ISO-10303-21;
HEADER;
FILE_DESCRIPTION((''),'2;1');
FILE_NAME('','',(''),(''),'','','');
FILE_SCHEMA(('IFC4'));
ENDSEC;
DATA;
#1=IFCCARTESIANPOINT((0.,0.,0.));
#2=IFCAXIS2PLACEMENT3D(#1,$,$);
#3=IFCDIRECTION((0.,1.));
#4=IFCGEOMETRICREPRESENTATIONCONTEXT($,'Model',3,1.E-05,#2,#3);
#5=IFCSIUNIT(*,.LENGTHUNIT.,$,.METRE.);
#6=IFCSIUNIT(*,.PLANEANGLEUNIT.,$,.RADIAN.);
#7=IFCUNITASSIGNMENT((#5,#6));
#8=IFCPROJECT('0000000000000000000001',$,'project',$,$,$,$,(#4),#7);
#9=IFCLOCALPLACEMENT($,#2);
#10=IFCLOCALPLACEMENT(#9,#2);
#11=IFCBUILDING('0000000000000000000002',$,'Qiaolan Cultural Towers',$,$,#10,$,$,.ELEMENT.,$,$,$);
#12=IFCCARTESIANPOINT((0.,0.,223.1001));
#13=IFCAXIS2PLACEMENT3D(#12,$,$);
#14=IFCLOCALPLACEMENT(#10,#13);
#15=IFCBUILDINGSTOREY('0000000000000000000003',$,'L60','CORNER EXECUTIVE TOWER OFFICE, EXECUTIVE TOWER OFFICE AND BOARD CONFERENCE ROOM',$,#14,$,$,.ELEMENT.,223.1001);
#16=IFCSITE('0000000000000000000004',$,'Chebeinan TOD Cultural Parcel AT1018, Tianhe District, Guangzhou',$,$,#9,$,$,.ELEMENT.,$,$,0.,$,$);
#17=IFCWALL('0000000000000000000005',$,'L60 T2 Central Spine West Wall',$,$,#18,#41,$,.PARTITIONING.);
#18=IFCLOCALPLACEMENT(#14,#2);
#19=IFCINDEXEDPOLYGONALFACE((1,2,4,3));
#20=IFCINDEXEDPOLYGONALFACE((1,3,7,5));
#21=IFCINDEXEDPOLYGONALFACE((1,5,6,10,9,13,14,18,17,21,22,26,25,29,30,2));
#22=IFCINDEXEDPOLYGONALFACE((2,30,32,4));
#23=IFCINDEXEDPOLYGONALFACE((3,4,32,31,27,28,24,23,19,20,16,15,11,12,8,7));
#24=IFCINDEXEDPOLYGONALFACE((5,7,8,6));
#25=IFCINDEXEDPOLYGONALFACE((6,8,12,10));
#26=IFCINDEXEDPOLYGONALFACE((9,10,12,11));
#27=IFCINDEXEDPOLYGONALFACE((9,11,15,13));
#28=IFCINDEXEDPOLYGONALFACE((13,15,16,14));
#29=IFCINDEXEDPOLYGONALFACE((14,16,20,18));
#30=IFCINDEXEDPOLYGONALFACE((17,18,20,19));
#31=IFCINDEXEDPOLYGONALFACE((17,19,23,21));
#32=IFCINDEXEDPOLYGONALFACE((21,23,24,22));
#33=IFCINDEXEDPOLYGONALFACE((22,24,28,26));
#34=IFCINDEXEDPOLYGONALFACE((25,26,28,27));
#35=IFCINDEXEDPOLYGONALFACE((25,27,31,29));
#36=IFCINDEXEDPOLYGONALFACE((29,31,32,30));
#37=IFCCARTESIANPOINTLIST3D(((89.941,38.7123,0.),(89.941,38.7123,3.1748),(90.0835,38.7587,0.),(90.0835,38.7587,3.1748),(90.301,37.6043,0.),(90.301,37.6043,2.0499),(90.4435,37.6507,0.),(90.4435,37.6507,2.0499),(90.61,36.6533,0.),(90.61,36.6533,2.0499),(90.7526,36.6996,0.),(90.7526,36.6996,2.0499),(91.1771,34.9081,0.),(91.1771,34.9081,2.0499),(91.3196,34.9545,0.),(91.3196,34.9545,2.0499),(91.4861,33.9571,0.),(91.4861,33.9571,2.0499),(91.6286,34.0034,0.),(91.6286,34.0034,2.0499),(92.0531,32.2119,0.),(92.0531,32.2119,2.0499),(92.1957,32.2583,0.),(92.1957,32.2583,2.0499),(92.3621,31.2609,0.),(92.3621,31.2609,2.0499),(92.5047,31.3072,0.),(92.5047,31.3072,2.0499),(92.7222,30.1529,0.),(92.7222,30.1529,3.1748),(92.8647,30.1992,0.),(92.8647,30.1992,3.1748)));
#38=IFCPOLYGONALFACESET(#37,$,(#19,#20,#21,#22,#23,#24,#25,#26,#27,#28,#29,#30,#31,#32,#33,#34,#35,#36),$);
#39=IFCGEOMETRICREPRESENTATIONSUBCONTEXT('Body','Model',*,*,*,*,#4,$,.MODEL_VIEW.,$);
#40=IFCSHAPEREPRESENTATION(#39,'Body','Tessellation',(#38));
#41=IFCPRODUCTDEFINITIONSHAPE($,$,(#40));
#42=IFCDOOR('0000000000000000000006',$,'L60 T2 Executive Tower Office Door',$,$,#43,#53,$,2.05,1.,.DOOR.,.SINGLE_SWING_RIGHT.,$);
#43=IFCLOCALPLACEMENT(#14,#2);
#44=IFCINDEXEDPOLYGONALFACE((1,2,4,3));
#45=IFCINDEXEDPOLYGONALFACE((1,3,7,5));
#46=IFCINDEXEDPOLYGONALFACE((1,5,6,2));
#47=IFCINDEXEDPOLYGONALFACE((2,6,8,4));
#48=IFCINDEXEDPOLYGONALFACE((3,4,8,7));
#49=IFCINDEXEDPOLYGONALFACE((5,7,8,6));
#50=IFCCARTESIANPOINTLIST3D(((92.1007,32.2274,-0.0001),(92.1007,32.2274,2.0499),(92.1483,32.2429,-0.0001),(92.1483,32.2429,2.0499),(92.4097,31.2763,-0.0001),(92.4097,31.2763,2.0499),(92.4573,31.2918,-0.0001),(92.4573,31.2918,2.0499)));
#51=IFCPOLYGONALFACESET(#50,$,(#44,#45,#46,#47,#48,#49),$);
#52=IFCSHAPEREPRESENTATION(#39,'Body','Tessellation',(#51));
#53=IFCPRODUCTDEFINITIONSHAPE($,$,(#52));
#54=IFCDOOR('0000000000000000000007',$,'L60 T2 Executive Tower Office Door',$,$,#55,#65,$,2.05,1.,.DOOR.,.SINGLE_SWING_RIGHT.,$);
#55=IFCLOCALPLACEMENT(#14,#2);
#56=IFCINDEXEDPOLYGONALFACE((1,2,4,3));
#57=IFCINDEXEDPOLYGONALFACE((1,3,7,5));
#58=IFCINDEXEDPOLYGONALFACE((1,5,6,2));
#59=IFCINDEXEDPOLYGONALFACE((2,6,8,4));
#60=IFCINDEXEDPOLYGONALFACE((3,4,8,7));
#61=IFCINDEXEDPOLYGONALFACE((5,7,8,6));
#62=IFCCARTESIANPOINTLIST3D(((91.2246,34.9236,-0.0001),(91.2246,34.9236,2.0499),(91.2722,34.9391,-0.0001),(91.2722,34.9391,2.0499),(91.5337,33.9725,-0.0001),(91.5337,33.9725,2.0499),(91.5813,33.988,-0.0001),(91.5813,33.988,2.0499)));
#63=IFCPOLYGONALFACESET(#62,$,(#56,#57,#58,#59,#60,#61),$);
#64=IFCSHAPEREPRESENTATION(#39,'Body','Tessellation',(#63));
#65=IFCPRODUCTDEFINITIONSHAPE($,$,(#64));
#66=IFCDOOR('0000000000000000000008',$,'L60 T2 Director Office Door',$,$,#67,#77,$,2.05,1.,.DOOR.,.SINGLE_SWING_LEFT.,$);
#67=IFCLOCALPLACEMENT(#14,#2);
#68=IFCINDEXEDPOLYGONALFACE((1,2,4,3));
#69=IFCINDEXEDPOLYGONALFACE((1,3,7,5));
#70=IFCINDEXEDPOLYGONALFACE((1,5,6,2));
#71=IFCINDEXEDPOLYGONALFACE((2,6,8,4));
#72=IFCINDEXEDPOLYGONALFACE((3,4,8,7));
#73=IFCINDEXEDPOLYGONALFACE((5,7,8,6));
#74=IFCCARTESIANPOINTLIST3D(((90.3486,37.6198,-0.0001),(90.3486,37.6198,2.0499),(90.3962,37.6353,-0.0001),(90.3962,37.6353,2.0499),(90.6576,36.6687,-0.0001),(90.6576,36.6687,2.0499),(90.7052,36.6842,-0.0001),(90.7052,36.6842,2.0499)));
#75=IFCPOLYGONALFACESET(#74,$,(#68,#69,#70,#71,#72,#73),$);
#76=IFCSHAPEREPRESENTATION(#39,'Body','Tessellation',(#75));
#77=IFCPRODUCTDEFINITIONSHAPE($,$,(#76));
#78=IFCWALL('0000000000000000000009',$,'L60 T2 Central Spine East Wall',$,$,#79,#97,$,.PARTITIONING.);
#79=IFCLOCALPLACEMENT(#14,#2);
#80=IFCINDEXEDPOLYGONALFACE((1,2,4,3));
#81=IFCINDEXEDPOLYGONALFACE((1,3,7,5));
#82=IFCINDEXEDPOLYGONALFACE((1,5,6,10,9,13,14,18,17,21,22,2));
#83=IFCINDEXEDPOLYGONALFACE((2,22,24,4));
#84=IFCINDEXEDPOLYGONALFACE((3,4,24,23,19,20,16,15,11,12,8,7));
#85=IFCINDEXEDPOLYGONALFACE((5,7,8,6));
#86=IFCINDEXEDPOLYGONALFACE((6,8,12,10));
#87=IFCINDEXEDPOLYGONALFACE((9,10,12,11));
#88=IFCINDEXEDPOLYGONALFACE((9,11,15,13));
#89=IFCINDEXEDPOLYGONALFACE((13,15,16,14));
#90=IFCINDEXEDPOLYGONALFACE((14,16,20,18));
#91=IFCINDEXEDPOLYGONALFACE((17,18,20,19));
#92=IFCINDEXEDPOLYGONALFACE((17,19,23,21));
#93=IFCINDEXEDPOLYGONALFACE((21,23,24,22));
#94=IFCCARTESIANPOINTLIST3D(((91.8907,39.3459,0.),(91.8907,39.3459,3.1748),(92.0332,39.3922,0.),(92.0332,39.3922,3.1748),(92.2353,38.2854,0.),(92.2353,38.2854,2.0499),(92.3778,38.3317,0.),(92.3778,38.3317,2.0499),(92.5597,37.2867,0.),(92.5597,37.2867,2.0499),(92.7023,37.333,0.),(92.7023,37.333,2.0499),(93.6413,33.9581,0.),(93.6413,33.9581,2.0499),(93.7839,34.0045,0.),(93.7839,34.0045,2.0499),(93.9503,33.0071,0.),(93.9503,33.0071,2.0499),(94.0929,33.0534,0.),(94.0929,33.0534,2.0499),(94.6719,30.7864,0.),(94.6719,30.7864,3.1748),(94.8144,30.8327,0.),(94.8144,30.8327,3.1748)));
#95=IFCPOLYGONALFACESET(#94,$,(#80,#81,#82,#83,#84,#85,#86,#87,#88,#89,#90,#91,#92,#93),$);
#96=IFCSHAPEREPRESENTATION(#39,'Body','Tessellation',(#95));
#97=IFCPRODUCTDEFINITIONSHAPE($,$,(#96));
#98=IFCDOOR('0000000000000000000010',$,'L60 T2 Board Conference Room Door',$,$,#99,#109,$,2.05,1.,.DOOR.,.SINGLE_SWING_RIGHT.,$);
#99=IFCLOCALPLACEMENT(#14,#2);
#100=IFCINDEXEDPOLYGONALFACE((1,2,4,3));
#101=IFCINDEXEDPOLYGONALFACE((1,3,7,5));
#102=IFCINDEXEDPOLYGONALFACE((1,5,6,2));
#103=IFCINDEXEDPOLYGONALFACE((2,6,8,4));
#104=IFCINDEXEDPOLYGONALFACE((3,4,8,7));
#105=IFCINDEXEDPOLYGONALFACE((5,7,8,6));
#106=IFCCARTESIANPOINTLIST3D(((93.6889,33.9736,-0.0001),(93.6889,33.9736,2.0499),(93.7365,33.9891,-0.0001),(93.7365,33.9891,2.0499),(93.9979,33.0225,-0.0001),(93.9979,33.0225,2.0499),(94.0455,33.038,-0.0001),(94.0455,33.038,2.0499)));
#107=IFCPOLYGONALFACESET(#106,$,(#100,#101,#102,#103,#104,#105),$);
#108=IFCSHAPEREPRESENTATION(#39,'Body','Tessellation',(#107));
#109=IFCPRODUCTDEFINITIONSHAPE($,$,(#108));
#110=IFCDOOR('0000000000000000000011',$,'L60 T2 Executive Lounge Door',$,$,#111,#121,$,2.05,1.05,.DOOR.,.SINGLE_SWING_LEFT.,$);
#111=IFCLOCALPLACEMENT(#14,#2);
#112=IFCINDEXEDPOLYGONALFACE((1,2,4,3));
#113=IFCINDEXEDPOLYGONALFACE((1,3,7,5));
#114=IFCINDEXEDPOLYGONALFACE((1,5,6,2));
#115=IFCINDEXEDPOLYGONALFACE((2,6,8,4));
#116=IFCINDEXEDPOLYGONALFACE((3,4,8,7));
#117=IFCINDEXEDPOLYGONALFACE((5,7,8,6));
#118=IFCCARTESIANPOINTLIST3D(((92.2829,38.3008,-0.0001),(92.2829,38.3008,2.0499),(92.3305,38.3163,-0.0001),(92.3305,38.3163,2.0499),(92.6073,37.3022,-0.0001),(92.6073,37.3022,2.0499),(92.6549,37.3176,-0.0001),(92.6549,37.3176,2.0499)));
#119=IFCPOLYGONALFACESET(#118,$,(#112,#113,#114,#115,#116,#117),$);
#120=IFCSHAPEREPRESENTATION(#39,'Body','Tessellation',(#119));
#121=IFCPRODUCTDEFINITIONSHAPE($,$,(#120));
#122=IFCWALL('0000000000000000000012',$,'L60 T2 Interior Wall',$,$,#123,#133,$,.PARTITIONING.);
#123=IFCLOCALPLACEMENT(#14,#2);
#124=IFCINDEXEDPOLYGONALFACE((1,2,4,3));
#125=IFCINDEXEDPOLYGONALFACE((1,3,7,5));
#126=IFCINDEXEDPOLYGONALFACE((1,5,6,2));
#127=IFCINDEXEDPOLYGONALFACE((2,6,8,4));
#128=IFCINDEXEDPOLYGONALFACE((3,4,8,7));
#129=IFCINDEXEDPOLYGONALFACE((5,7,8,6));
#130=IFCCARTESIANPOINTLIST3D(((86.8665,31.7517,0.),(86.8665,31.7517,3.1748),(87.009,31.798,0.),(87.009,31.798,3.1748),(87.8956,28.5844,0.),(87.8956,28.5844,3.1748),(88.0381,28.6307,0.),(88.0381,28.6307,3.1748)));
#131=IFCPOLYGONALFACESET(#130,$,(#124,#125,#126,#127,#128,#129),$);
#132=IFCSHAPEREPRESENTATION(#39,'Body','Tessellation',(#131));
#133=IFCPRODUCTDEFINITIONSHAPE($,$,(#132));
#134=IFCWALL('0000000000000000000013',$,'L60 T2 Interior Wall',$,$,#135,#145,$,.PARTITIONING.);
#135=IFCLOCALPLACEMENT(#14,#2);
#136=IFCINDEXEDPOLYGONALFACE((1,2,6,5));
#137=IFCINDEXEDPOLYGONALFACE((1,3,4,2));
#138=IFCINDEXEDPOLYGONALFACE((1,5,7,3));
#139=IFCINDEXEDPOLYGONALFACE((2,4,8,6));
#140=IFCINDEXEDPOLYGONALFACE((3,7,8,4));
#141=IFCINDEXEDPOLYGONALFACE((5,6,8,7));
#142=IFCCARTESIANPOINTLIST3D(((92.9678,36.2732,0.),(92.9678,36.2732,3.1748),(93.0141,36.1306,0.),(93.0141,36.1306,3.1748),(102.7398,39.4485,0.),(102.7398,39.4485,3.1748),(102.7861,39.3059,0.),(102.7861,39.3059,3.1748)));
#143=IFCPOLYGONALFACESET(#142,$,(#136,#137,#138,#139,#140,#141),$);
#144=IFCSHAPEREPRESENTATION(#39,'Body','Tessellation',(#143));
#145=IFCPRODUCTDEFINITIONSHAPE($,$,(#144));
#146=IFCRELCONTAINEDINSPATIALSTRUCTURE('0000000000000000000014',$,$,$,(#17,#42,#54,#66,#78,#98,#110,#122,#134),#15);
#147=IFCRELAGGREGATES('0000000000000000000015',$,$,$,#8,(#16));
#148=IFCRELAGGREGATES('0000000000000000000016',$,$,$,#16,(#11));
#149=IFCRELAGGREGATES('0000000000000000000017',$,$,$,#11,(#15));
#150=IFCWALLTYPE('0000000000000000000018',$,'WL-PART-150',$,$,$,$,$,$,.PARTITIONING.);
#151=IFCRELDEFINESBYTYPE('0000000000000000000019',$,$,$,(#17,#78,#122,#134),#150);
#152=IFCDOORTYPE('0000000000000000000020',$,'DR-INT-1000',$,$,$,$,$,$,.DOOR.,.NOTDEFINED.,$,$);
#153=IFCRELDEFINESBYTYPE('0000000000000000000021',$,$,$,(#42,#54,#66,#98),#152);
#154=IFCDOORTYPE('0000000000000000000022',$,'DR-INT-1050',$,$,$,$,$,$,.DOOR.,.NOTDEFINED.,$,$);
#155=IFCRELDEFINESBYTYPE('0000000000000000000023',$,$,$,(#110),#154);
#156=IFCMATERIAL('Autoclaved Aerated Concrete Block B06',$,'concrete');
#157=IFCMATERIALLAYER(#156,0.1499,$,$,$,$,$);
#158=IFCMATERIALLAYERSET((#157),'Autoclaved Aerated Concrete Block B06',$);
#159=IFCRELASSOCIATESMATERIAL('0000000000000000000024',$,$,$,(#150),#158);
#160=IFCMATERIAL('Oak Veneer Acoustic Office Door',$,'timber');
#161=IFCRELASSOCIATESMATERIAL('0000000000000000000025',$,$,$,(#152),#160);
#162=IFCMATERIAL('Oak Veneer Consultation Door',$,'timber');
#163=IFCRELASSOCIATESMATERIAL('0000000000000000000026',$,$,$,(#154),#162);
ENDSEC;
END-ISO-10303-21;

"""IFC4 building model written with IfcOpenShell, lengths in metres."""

from ifc_helpers import new_model, si_unit, direction, frame, frame_2d, origin, place, context, subcontext, project, spatial, rectangle, extrude, material, layer, layer_set, type_object, element, fill, save


model = new_model("IFC4")

# Units and contexts
model_context = context("Model", 3, precision=1e-05, world=origin(), true_north=direction((0.0, 1.0)))
body_context = subcontext(model_context, "Body", "Model", "MODEL_VIEW")
ifc_project = project(units=[si_unit("LENGTHUNIT", "METRE"), si_unit("PLANEANGLEUNIT", "RADIAN")], contexts=[model_context])

# Site, building, storey
site_placement = place(None, origin())
site = spatial("IfcSite", under=ifc_project, at=site_placement, Name="Chebeinan TOD Cultural Parcel AT1018, Tianhe District, Guangzhou", CompositionType="ELEMENT", RefElevation=0.0)
building_placement = place(site_placement, origin())
building = spatial("IfcBuilding", under=site, at=building_placement, Name="Qiaolan Cultural Towers", CompositionType="ELEMENT")
storey_placement = place(building_placement, frame((0.0, 0.0, 223.1001)))
storey = spatial("IfcBuildingStorey", under=building, at=storey_placement, Name="L60", Description="CORNER EXECUTIVE TOWER OFFICE, EXECUTIVE TOWER OFFICE AND BOARD CONFERENCE ROOM", CompositionType="ELEMENT", Elevation=223.1001)

# Shared definitions
ifc_material_1 = material(Name="Autoclaved Aerated Concrete Block B06", Category="concrete")
ifc_layer_1 = layer(ifc_material_1, 0.1499)
ifc_layer_set_1 = layer_set([ifc_layer_1], Name="Autoclaved Aerated Concrete Block B06")
wall_type_1 = type_object("IfcWallType", Name="WL-PART-150", PredefinedType="PARTITIONING", material=ifc_layer_set_1)
ifc_material_2 = material(Name="Oak Veneer Acoustic Office Door", Category="timber")
door_type_1 = type_object("IfcDoorType", Name="DR-INT-1000", OperationType="NOTDEFINED", PredefinedType="DOOR", material=ifc_material_2)

# Walls, openings, doors
wall_1_placement = place(storey_placement, frame((92.7935, 30.176, 0.0), z_axis=(0.0, 0.0, 1.0), x_axis=(-0.309025, 0.951054, 0.0)))
wall_1 = element("IfcWall", 1, at=wall_1_placement, inside=storey, type_object=wall_type_1, Name="L60 T2 Central Spine West Wall", PredefinedType="PARTITIONING", context=body_context, shape_type="SweptSolid", body=[
    extrude(rectangle(XDim=9.0, YDim=0.1499, at=frame_2d((4.5, 0.0))), origin(), (0.0, 0.0, 1.0), 3.1748),
])
opening_1_placement = place(wall_1_placement, frame((1.165, 0.0, 0.0)))
opening_1 = element("IfcOpeningElement", 2, at=opening_1_placement, cuts=wall_1, PredefinedType="OPENING", context=body_context, shape_type="SweptSolid", body=[
    extrude(rectangle(XDim=1.0, YDim=2.05, at=frame_2d((0.5, 1.0249))), frame((0.0, 0.085, 0.0), z_axis=(0.0, -1.0, 0.0), x_axis=(1.0, 0.0, 0.0)), (0.0, 0.0, 1.0), 0.1699),
])
opening_2_placement = place(wall_1_placement, frame((4.0, 0.0, 0.0)))
opening_2 = element("IfcOpeningElement", 3, at=opening_2_placement, cuts=wall_1, PredefinedType="OPENING", context=body_context, shape_type="SweptSolid", body=[
    extrude(rectangle(XDim=1.0, YDim=2.05, at=frame_2d((0.5, 1.0249))), frame((0.0, 0.085, 0.0), z_axis=(0.0, -1.0, 0.0), x_axis=(1.0, 0.0, 0.0)), (0.0, 0.0, 1.0), 0.1699),
])
opening_3_placement = place(wall_1_placement, frame((6.835, 0.0, 0.0)))
opening_3 = element("IfcOpeningElement", 4, at=opening_3_placement, cuts=wall_1, PredefinedType="OPENING", context=body_context, shape_type="SweptSolid", body=[
    extrude(rectangle(XDim=1.0, YDim=2.05, at=frame_2d((0.5, 1.0249))), frame((0.0, 0.085, 0.0), z_axis=(0.0, -1.0, 0.0), x_axis=(1.0, 0.0, 0.0)), (0.0, 0.0, 1.0), 0.1699),
])
door_1_placement = place(opening_1_placement, origin())
door_1 = element("IfcDoor", 5, at=door_1_placement, inside=storey, type_object=door_type_1, Name="L60 T2 Executive Tower Office Door", OperationType="SINGLE_SWING_RIGHT", OverallHeight=2.05, OverallWidth=1.0, PredefinedType="DOOR", context=body_context, shape_type="SweptSolid", body=[
    extrude(rectangle(XDim=1.0, YDim=2.05, at=frame_2d((0.5, 1.0249))), frame((0.0, 0.0249, 0.0), z_axis=(0.0, -1.0, 0.0), x_axis=(1.0, 0.0, 0.0)), (0.0, 0.0, 1.0), 0.05),
])
fill(opening_1, door_1)
door_2_placement = place(opening_2_placement, origin())
door_2 = element("IfcDoor", 6, at=door_2_placement, inside=storey, type_object=door_type_1, Name="L60 T2 Executive Tower Office Door", OperationType="SINGLE_SWING_RIGHT", OverallHeight=2.05, OverallWidth=1.0, PredefinedType="DOOR", context=body_context, shape_type="SweptSolid", body=[
    extrude(rectangle(XDim=1.0, YDim=2.05, at=frame_2d((0.5, 1.0249))), frame((0.0, 0.0249, 0.0), z_axis=(0.0, -1.0, 0.0), x_axis=(1.0, 0.0, 0.0)), (0.0, 0.0, 1.0), 0.05),
])
fill(opening_2, door_2)
door_3_placement = place(opening_3_placement, origin())
door_3 = element("IfcDoor", 7, at=door_3_placement, inside=storey, type_object=door_type_1, Name="L60 T2 Director Office Door", OperationType="SINGLE_SWING_LEFT", OverallHeight=2.05, OverallWidth=1.0, PredefinedType="DOOR", context=body_context, shape_type="SweptSolid", body=[
    extrude(rectangle(XDim=1.0, YDim=2.05, at=frame_2d((0.5, 1.0249))), frame((0.0, 0.0249, 0.0), z_axis=(0.0, -1.0, 0.0), x_axis=(1.0, 0.0, 0.0)), (0.0, 0.0, 1.0), 0.05),
])
fill(opening_3, door_3)
wall_2_placement = place(storey_placement, frame((94.7432, 30.8096, 0.0), z_axis=(0.0, 0.0, 1.0), x_axis=(-0.309025, 0.951054, 0.0)))
wall_2 = element("IfcWall", 8, at=wall_2_placement, inside=storey, type_object=wall_type_1, Name="L60 T2 Central Spine East Wall", PredefinedType="PARTITIONING", context=body_context, shape_type="SweptSolid", body=[
    extrude(rectangle(XDim=9.0, YDim=0.1499, at=frame_2d((4.5, 0.0))), origin(), (0.0, 0.0, 1.0), 3.1748),
])
opening_4_placement = place(wall_2_placement, frame((2.335, 0.0, 0.0)))
opening_4 = element("IfcOpeningElement", 9, at=opening_4_placement, cuts=wall_2, PredefinedType="OPENING", context=body_context, shape_type="SweptSolid", body=[
    extrude(rectangle(XDim=1.0, YDim=2.05, at=frame_2d((0.5, 1.0249))), frame((0.0, 0.085, 0.0), z_axis=(0.0, -1.0, 0.0), x_axis=(1.0, 0.0, 0.0)), (0.0, 0.0, 1.0), 0.1699),
])
opening_5_placement = place(wall_2_placement, frame((6.835, 0.0, 0.0)))
opening_5 = element("IfcOpeningElement", 10, at=opening_5_placement, cuts=wall_2, PredefinedType="OPENING", context=body_context, shape_type="SweptSolid", body=[
    extrude(rectangle(XDim=1.05, YDim=2.05, at=frame_2d((0.5249, 1.0249))), frame((0.0, 0.085, 0.0), z_axis=(0.0, -1.0, 0.0), x_axis=(1.0, 0.0, 0.0)), (0.0, 0.0, 1.0), 0.1699),
])
door_4_placement = place(opening_4_placement, origin())
door_4 = element("IfcDoor", 11, at=door_4_placement, inside=storey, type_object=door_type_1, Name="L60 T2 Board Conference Room Door", OperationType="SINGLE_SWING_RIGHT", OverallHeight=2.05, OverallWidth=1.0, PredefinedType="DOOR", context=body_context, shape_type="SweptSolid", body=[
    extrude(rectangle(XDim=1.0, YDim=2.05, at=frame_2d((0.5, 1.0249))), frame((0.0, 0.0249, 0.0), z_axis=(0.0, -1.0, 0.0), x_axis=(1.0, 0.0, 0.0)), (0.0, 0.0, 1.0), 0.05),
])
fill(opening_4, door_4)
ifc_material_3 = material(Name="Oak Veneer Consultation Door", Category="timber")
door_type_2 = type_object("IfcDoorType", Name="DR-INT-1050", OperationType="NOTDEFINED", PredefinedType="DOOR", material=ifc_material_3)
door_5_placement = place(opening_5_placement, origin())
door_5 = element("IfcDoor", 12, at=door_5_placement, inside=storey, type_object=door_type_2, Name="L60 T2 Executive Lounge Door", OperationType="SINGLE_SWING_LEFT", OverallHeight=2.05, OverallWidth=1.05, PredefinedType="DOOR", context=body_context, shape_type="SweptSolid", body=[
    extrude(rectangle(XDim=1.05, YDim=2.05, at=frame_2d((0.5249, 1.0249))), frame((0.0, 0.0249, 0.0), z_axis=(0.0, -1.0, 0.0), x_axis=(1.0, 0.0, 0.0)), (0.0, 0.0, 1.0), 0.05),
])
fill(opening_5, door_5)

# Walls
wall_3_placement = place(storey_placement, frame((87.9668, 28.6077, 0.0), z_axis=(0.0, 0.0, 1.0), x_axis=(-0.309005, 0.95106, 0.0)))
element("IfcWall", 13, at=wall_3_placement, inside=storey, type_object=wall_type_1, Name="L60 T2 Interior Wall", PredefinedType="PARTITIONING", context=body_context, shape_type="SweptSolid", body=[
    extrude(rectangle(XDim=3.3303, YDim=0.1499, at=frame_2d((1.665, 0.0))), origin(), (0.0, 0.0, 1.0), 3.1748),
])
wall_4_placement = place(storey_placement, frame((92.991, 36.2019, 0.0), z_axis=(0.0, 0.0, 1.0), x_axis=(0.951051, 0.309033, 0.0)))
element("IfcWall", 14, at=wall_4_placement, inside=storey, type_object=wall_type_1, Name="L60 T2 Interior Wall", PredefinedType="PARTITIONING", context=body_context, shape_type="SweptSolid", body=[
    extrude(rectangle(XDim=10.2749, YDim=0.1499, at=frame_2d((5.1375, 0.0))), origin(), (0.0, 0.0, 1.0), 3.1748),
])

save(model, "model.ifc")
